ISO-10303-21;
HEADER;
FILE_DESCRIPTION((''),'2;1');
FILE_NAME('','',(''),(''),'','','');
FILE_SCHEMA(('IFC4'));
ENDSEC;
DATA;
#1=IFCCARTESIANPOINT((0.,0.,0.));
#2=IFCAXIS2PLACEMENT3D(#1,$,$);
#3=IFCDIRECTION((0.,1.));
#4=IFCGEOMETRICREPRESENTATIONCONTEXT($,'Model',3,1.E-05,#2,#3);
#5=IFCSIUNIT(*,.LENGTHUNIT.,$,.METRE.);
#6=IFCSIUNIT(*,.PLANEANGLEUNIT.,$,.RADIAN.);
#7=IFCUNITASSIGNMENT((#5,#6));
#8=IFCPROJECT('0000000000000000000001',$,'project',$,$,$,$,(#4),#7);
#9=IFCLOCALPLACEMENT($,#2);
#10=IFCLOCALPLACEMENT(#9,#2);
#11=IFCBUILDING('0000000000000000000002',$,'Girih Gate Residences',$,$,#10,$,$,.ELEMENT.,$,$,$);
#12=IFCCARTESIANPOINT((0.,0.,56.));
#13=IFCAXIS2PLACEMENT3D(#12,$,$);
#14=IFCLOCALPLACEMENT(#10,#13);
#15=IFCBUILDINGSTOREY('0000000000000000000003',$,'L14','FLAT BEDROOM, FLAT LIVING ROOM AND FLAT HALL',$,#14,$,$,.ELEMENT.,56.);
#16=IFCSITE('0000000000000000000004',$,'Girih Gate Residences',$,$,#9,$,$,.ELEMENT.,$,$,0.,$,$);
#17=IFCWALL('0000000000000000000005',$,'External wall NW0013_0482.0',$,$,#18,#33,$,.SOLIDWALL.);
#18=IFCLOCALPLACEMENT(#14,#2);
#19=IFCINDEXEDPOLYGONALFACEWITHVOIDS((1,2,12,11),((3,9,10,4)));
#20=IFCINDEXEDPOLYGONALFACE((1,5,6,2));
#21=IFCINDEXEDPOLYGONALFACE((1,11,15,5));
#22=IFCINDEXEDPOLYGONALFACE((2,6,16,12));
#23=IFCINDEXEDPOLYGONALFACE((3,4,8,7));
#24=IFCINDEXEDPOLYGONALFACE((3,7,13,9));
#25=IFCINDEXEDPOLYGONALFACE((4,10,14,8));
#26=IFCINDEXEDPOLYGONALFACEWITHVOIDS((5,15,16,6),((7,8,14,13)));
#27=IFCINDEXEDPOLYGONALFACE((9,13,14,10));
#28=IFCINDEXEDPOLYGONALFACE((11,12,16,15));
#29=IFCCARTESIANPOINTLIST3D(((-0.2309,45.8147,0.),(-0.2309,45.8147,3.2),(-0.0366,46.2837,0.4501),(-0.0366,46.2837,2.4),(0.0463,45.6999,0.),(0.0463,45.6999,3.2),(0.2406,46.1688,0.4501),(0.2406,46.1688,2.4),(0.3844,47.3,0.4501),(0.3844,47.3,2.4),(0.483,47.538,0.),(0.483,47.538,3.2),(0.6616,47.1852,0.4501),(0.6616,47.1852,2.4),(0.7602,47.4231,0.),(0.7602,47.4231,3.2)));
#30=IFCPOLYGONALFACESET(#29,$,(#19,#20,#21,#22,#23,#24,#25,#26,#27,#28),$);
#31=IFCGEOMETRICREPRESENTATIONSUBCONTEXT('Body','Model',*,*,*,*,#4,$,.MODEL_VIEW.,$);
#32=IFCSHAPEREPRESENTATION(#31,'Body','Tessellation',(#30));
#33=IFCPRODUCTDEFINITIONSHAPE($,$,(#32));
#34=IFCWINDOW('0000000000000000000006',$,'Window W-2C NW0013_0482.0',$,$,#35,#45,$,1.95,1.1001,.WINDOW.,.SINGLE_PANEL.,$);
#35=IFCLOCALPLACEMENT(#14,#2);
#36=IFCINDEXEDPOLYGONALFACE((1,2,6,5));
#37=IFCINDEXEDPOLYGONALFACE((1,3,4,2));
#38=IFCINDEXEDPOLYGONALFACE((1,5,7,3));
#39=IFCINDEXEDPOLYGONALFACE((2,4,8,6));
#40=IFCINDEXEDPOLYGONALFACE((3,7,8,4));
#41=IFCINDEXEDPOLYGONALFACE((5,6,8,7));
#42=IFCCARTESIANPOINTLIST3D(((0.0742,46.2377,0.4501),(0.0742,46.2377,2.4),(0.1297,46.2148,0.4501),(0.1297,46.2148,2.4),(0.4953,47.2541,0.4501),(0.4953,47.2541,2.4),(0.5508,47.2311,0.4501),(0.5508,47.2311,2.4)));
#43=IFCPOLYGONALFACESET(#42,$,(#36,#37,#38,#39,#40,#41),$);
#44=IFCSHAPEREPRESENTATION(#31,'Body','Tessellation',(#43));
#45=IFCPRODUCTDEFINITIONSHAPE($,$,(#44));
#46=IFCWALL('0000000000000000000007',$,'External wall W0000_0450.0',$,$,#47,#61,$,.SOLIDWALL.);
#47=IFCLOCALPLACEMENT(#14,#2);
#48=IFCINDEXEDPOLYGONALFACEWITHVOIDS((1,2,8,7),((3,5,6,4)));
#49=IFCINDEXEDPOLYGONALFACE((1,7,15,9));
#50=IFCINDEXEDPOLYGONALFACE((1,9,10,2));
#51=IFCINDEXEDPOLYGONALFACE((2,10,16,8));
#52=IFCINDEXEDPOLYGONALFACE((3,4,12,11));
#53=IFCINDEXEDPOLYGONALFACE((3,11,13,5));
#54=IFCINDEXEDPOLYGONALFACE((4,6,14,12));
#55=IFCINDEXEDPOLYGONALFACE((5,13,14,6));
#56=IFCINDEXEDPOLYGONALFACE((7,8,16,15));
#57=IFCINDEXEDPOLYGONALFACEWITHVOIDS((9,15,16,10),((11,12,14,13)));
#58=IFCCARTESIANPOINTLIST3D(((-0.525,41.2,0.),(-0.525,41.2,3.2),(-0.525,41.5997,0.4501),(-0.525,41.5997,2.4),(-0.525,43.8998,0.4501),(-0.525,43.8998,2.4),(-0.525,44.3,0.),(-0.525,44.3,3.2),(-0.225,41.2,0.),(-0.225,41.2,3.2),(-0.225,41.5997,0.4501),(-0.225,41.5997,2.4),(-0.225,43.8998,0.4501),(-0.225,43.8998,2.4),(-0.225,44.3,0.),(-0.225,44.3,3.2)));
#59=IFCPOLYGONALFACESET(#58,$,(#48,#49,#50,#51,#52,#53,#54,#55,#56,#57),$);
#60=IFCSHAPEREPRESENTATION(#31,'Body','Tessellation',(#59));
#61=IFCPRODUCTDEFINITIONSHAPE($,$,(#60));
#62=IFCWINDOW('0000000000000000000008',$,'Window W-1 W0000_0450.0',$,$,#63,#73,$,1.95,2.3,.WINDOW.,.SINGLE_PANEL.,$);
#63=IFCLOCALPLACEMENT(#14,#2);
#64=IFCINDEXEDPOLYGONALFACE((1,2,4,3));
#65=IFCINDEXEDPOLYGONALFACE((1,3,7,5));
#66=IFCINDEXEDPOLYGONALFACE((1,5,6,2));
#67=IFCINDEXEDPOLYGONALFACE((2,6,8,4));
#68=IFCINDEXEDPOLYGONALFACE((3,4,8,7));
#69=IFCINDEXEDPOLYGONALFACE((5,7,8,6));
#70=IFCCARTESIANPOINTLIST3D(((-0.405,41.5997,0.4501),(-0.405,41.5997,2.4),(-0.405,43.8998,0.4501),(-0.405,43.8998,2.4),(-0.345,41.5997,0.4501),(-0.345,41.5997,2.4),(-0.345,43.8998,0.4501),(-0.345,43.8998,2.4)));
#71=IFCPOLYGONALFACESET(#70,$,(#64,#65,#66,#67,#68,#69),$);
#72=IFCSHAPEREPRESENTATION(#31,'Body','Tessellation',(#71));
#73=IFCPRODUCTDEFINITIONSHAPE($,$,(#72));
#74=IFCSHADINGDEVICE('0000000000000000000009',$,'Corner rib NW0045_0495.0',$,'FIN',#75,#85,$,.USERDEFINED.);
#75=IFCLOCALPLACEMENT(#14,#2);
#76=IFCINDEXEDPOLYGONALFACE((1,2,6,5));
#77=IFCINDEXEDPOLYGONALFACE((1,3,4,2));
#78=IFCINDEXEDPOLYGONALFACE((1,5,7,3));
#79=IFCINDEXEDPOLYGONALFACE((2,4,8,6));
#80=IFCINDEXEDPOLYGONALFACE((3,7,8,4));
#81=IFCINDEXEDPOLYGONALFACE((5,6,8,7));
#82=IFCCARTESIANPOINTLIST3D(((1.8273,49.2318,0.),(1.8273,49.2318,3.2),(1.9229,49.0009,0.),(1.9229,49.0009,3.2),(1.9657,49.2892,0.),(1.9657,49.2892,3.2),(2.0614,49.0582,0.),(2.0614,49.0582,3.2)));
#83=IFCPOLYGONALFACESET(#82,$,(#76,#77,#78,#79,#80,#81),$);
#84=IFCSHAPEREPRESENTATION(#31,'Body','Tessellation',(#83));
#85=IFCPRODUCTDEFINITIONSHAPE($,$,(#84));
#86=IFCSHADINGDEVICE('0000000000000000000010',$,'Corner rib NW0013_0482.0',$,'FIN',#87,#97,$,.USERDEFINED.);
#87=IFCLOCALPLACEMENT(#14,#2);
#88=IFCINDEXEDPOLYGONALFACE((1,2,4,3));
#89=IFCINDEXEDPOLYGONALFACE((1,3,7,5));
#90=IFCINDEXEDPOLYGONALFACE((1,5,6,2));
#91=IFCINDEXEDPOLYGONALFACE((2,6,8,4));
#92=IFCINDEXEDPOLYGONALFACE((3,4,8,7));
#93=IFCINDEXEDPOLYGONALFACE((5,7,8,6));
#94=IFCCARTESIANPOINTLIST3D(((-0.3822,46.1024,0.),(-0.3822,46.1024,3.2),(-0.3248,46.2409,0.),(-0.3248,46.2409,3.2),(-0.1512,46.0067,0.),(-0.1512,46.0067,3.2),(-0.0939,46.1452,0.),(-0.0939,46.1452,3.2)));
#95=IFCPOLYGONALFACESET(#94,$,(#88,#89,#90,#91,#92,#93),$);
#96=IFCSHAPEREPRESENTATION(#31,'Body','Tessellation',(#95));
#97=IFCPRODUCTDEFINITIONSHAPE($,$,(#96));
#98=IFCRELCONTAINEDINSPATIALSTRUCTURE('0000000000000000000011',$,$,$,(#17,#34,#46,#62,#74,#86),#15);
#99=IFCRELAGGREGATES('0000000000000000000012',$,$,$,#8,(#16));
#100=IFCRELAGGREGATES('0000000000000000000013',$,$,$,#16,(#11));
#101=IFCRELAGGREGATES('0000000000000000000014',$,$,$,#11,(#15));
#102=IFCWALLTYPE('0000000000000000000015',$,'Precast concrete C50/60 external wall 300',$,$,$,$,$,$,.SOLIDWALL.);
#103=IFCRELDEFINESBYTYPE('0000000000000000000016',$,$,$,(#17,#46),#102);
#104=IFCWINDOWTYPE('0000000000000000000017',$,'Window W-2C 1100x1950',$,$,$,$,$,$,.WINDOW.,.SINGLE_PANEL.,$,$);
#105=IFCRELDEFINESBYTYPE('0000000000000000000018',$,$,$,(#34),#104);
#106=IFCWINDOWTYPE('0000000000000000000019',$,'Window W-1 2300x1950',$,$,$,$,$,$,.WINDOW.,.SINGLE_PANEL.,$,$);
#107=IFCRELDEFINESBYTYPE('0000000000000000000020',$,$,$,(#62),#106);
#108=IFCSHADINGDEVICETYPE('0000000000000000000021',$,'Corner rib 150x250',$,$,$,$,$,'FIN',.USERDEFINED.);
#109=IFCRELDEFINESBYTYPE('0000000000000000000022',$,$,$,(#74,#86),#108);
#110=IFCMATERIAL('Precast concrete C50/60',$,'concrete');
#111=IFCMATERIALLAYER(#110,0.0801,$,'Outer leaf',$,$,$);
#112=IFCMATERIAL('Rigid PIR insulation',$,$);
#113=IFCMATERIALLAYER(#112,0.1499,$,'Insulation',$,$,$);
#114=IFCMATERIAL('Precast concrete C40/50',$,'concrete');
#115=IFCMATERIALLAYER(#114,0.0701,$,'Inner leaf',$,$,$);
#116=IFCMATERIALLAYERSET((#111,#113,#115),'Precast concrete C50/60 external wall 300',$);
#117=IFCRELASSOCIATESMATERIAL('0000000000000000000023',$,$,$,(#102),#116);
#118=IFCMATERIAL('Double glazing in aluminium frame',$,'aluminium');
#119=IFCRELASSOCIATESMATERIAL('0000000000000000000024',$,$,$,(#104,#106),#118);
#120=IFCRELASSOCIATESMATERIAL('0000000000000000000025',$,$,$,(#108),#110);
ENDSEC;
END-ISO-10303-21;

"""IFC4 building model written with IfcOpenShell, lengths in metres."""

from ifc_helpers import new_model, si_unit, direction, frame, frame_2d, origin, origin_2d, place, context, subcontext, project, spatial, rectangle, extrude, material, layer, layer_set, type_object, element, fill, save


model = new_model("IFC4")

# Units and contexts
model_context = context("Model", 3, precision=1e-05, world=origin(), true_north=direction((0.0, 1.0)))
body_context = subcontext(model_context, "Body", "Model", "MODEL_VIEW")
ifc_project = project(units=[si_unit("LENGTHUNIT", "METRE"), si_unit("PLANEANGLEUNIT", "RADIAN")], contexts=[model_context])

# Site, building, storey
site_placement = place(None, origin())
site = spatial("IfcSite", under=ifc_project, at=site_placement, Name="Girih Gate Residences", CompositionType="ELEMENT", RefElevation=0.0)
building_placement = place(site_placement, origin())
building = spatial("IfcBuilding", under=site, at=building_placement, Name="Girih Gate Residences", CompositionType="ELEMENT")
storey_placement = place(building_placement, frame((0.0, 0.0, 56.0)))
storey = spatial("IfcBuildingStorey", under=building, at=storey_placement, Name="L14", Description="FLAT BEDROOM, FLAT LIVING ROOM AND FLAT HALL", CompositionType="ELEMENT", Elevation=56.0)

# Walls, openings, windows
ifc_material_1 = material(Name="Precast concrete C50/60", Category="concrete")
ifc_layer_1 = layer(ifc_material_1, 0.0801, Name="Outer leaf")
ifc_material_2 = material(Name="Rigid PIR insulation")
ifc_layer_2 = layer(ifc_material_2, 0.1499, Name="Insulation")
ifc_material_3 = material(Name="Precast concrete C40/50", Category="concrete")
ifc_layer_3 = layer(ifc_material_3, 0.0701, Name="Inner leaf")
ifc_layer_set_1 = layer_set([ifc_layer_1, ifc_layer_2, ifc_layer_3], Name="Precast concrete C50/60 external wall 300")
wall_type_1 = type_object("IfcWallType", Name="Precast concrete C50/60 external wall 300", PredefinedType="SOLIDWALL", material=ifc_layer_set_1)
ifc_material_4 = material(Name="Double glazing in aluminium frame", Category="aluminium")
window_type_1 = type_object("IfcWindowType", Name="Window W-2C 1100x1950", PartitioningType="SINGLE_PANEL", PredefinedType="WINDOW", material=ifc_material_4)
wall_1_placement = place(storey_placement, frame((-0.0923, 45.7573, 0.0), z_axis=(0.0, 0.0, 1.0), x_axis=(0.382737, 0.923857, 0.0)))
wall_1 = element("IfcWall", 1, at=wall_1_placement, inside=storey, type_object=wall_type_1, Name="External wall NW0013_0482.0", PredefinedType="SOLIDWALL", context=body_context, shape_type="SweptSolid", body=[
    extrude(rectangle(XDim=1.8652, YDim=0.3, at=frame_2d((0.9326, 0.0))), origin(), (0.0, 0.0, 1.0), 3.2),
])
opening_1_placement = place(wall_1_placement, frame((0.5076, 0.0, 0.45)))
opening_1 = element("IfcOpeningElement", 2, at=opening_1_placement, cuts=wall_1, PredefinedType="OPENING", context=body_context, shape_type="SweptSolid", body=[
    extrude(rectangle(XDim=1.1001, YDim=1.95, at=frame_2d((0.55, 0.9751))), frame((0.0, 0.1599, 0.0), z_axis=(0.0, -1.0, 0.0), x_axis=(1.0, 0.0, 0.0)), (0.0, 0.0, 1.0), 0.3201),
])
window_1_placement = place(opening_1_placement, origin())
window_1 = element("IfcWindow", 3, at=window_1_placement, inside=storey, type_object=window_type_1, Name="Window W-2C NW0013_0482.0", OverallHeight=1.95, OverallWidth=1.1001, PartitioningType="SINGLE_PANEL", PredefinedType="WINDOW", context=body_context, shape_type="SweptSolid", body=[
    extrude(rectangle(XDim=1.1001, YDim=1.95, at=frame_2d((0.55, 0.9751))), frame((0.0, 0.03, 0.0), z_axis=(0.0, -1.0, 0.0), x_axis=(1.0, 0.0, 0.0)), (0.0, 0.0, 1.0), 0.0601),
])
fill(opening_1, window_1)
wall_2_placement = place(storey_placement, frame((-0.375, 41.2, 0.0), z_axis=(0.0, 0.0, 1.0), x_axis=(0.0, 1.0, 0.0)))
wall_2 = element("IfcWall", 4, at=wall_2_placement, inside=storey, type_object=wall_type_1, Name="External wall W0000_0450.0", PredefinedType="SOLIDWALL", context=body_context, shape_type="SweptSolid", body=[
    extrude(rectangle(XDim=3.1001, YDim=0.3, at=frame_2d((1.55, 0.0))), origin(), (0.0, 0.0, 1.0), 3.2),
])
opening_2_placement = place(wall_2_placement, frame((0.3999, 0.0, 0.45)))
opening_2 = element("IfcOpeningElement", 5, at=opening_2_placement, cuts=wall_2, PredefinedType="OPENING", context=body_context, shape_type="SweptSolid", body=[
    extrude(rectangle(XDim=2.3, YDim=1.95, at=frame_2d((1.1499, 0.9751))), frame((0.0, 0.1599, 0.0), z_axis=(0.0, -1.0, 0.0), x_axis=(1.0, 0.0, 0.0)), (0.0, 0.0, 1.0), 0.3201),
])
window_type_2 = type_object("IfcWindowType", Name="Window W-1 2300x1950", PartitioningType="SINGLE_PANEL", PredefinedType="WINDOW", material=ifc_material_4)
window_2_placement = place(opening_2_placement, origin())
window_2 = element("IfcWindow", 6, at=window_2_placement, inside=storey, type_object=window_type_2, Name="Window W-1 W0000_0450.0", OverallHeight=1.95, OverallWidth=2.3, PartitioningType="SINGLE_PANEL", PredefinedType="WINDOW", context=body_context, shape_type="SweptSolid", body=[
    extrude(rectangle(XDim=2.3, YDim=1.95, at=frame_2d((1.1499, 0.9751))), frame((0.0, 0.03, 0.0), z_axis=(0.0, -1.0, 0.0), x_axis=(1.0, 0.0, 0.0)), (0.0, 0.0, 1.0), 0.0601),
])
fill(opening_2, window_2)

# Shading devices
shading_device_type = type_object("IfcShadingDeviceType", Name="Corner rib 150x250", ElementType="FIN", PredefinedType="USERDEFINED", material=ifc_material_1)
for number, where, z_axis, x_axis, name in (
    (7, (1.9443, 49.145, 0.0), (0.0, 0.0, 1.0), (-0.92388, -0.382683, 0.0), "Corner rib NW0045_0495.0"),
    (8, (-0.238, 46.1238, 0.0), (0.0, 0.0, 1.0), (-0.382683, -0.92388, 0.0), "Corner rib NW0013_0482.0"),
):
    element("IfcShadingDevice", number, at=place(storey_placement, frame(where, z_axis=z_axis, x_axis=x_axis)), inside=storey, type_object=shading_device_type, Name=name, ObjectType="FIN", PredefinedType="USERDEFINED", context=body_context, shape_type="SweptSolid", body=[
        extrude(rectangle(XDim=0.1499, YDim=0.25, at=origin_2d()), origin(), (0.0, 0.0, 1.0), 3.2),
    ])

save(model, "model.ifc")
